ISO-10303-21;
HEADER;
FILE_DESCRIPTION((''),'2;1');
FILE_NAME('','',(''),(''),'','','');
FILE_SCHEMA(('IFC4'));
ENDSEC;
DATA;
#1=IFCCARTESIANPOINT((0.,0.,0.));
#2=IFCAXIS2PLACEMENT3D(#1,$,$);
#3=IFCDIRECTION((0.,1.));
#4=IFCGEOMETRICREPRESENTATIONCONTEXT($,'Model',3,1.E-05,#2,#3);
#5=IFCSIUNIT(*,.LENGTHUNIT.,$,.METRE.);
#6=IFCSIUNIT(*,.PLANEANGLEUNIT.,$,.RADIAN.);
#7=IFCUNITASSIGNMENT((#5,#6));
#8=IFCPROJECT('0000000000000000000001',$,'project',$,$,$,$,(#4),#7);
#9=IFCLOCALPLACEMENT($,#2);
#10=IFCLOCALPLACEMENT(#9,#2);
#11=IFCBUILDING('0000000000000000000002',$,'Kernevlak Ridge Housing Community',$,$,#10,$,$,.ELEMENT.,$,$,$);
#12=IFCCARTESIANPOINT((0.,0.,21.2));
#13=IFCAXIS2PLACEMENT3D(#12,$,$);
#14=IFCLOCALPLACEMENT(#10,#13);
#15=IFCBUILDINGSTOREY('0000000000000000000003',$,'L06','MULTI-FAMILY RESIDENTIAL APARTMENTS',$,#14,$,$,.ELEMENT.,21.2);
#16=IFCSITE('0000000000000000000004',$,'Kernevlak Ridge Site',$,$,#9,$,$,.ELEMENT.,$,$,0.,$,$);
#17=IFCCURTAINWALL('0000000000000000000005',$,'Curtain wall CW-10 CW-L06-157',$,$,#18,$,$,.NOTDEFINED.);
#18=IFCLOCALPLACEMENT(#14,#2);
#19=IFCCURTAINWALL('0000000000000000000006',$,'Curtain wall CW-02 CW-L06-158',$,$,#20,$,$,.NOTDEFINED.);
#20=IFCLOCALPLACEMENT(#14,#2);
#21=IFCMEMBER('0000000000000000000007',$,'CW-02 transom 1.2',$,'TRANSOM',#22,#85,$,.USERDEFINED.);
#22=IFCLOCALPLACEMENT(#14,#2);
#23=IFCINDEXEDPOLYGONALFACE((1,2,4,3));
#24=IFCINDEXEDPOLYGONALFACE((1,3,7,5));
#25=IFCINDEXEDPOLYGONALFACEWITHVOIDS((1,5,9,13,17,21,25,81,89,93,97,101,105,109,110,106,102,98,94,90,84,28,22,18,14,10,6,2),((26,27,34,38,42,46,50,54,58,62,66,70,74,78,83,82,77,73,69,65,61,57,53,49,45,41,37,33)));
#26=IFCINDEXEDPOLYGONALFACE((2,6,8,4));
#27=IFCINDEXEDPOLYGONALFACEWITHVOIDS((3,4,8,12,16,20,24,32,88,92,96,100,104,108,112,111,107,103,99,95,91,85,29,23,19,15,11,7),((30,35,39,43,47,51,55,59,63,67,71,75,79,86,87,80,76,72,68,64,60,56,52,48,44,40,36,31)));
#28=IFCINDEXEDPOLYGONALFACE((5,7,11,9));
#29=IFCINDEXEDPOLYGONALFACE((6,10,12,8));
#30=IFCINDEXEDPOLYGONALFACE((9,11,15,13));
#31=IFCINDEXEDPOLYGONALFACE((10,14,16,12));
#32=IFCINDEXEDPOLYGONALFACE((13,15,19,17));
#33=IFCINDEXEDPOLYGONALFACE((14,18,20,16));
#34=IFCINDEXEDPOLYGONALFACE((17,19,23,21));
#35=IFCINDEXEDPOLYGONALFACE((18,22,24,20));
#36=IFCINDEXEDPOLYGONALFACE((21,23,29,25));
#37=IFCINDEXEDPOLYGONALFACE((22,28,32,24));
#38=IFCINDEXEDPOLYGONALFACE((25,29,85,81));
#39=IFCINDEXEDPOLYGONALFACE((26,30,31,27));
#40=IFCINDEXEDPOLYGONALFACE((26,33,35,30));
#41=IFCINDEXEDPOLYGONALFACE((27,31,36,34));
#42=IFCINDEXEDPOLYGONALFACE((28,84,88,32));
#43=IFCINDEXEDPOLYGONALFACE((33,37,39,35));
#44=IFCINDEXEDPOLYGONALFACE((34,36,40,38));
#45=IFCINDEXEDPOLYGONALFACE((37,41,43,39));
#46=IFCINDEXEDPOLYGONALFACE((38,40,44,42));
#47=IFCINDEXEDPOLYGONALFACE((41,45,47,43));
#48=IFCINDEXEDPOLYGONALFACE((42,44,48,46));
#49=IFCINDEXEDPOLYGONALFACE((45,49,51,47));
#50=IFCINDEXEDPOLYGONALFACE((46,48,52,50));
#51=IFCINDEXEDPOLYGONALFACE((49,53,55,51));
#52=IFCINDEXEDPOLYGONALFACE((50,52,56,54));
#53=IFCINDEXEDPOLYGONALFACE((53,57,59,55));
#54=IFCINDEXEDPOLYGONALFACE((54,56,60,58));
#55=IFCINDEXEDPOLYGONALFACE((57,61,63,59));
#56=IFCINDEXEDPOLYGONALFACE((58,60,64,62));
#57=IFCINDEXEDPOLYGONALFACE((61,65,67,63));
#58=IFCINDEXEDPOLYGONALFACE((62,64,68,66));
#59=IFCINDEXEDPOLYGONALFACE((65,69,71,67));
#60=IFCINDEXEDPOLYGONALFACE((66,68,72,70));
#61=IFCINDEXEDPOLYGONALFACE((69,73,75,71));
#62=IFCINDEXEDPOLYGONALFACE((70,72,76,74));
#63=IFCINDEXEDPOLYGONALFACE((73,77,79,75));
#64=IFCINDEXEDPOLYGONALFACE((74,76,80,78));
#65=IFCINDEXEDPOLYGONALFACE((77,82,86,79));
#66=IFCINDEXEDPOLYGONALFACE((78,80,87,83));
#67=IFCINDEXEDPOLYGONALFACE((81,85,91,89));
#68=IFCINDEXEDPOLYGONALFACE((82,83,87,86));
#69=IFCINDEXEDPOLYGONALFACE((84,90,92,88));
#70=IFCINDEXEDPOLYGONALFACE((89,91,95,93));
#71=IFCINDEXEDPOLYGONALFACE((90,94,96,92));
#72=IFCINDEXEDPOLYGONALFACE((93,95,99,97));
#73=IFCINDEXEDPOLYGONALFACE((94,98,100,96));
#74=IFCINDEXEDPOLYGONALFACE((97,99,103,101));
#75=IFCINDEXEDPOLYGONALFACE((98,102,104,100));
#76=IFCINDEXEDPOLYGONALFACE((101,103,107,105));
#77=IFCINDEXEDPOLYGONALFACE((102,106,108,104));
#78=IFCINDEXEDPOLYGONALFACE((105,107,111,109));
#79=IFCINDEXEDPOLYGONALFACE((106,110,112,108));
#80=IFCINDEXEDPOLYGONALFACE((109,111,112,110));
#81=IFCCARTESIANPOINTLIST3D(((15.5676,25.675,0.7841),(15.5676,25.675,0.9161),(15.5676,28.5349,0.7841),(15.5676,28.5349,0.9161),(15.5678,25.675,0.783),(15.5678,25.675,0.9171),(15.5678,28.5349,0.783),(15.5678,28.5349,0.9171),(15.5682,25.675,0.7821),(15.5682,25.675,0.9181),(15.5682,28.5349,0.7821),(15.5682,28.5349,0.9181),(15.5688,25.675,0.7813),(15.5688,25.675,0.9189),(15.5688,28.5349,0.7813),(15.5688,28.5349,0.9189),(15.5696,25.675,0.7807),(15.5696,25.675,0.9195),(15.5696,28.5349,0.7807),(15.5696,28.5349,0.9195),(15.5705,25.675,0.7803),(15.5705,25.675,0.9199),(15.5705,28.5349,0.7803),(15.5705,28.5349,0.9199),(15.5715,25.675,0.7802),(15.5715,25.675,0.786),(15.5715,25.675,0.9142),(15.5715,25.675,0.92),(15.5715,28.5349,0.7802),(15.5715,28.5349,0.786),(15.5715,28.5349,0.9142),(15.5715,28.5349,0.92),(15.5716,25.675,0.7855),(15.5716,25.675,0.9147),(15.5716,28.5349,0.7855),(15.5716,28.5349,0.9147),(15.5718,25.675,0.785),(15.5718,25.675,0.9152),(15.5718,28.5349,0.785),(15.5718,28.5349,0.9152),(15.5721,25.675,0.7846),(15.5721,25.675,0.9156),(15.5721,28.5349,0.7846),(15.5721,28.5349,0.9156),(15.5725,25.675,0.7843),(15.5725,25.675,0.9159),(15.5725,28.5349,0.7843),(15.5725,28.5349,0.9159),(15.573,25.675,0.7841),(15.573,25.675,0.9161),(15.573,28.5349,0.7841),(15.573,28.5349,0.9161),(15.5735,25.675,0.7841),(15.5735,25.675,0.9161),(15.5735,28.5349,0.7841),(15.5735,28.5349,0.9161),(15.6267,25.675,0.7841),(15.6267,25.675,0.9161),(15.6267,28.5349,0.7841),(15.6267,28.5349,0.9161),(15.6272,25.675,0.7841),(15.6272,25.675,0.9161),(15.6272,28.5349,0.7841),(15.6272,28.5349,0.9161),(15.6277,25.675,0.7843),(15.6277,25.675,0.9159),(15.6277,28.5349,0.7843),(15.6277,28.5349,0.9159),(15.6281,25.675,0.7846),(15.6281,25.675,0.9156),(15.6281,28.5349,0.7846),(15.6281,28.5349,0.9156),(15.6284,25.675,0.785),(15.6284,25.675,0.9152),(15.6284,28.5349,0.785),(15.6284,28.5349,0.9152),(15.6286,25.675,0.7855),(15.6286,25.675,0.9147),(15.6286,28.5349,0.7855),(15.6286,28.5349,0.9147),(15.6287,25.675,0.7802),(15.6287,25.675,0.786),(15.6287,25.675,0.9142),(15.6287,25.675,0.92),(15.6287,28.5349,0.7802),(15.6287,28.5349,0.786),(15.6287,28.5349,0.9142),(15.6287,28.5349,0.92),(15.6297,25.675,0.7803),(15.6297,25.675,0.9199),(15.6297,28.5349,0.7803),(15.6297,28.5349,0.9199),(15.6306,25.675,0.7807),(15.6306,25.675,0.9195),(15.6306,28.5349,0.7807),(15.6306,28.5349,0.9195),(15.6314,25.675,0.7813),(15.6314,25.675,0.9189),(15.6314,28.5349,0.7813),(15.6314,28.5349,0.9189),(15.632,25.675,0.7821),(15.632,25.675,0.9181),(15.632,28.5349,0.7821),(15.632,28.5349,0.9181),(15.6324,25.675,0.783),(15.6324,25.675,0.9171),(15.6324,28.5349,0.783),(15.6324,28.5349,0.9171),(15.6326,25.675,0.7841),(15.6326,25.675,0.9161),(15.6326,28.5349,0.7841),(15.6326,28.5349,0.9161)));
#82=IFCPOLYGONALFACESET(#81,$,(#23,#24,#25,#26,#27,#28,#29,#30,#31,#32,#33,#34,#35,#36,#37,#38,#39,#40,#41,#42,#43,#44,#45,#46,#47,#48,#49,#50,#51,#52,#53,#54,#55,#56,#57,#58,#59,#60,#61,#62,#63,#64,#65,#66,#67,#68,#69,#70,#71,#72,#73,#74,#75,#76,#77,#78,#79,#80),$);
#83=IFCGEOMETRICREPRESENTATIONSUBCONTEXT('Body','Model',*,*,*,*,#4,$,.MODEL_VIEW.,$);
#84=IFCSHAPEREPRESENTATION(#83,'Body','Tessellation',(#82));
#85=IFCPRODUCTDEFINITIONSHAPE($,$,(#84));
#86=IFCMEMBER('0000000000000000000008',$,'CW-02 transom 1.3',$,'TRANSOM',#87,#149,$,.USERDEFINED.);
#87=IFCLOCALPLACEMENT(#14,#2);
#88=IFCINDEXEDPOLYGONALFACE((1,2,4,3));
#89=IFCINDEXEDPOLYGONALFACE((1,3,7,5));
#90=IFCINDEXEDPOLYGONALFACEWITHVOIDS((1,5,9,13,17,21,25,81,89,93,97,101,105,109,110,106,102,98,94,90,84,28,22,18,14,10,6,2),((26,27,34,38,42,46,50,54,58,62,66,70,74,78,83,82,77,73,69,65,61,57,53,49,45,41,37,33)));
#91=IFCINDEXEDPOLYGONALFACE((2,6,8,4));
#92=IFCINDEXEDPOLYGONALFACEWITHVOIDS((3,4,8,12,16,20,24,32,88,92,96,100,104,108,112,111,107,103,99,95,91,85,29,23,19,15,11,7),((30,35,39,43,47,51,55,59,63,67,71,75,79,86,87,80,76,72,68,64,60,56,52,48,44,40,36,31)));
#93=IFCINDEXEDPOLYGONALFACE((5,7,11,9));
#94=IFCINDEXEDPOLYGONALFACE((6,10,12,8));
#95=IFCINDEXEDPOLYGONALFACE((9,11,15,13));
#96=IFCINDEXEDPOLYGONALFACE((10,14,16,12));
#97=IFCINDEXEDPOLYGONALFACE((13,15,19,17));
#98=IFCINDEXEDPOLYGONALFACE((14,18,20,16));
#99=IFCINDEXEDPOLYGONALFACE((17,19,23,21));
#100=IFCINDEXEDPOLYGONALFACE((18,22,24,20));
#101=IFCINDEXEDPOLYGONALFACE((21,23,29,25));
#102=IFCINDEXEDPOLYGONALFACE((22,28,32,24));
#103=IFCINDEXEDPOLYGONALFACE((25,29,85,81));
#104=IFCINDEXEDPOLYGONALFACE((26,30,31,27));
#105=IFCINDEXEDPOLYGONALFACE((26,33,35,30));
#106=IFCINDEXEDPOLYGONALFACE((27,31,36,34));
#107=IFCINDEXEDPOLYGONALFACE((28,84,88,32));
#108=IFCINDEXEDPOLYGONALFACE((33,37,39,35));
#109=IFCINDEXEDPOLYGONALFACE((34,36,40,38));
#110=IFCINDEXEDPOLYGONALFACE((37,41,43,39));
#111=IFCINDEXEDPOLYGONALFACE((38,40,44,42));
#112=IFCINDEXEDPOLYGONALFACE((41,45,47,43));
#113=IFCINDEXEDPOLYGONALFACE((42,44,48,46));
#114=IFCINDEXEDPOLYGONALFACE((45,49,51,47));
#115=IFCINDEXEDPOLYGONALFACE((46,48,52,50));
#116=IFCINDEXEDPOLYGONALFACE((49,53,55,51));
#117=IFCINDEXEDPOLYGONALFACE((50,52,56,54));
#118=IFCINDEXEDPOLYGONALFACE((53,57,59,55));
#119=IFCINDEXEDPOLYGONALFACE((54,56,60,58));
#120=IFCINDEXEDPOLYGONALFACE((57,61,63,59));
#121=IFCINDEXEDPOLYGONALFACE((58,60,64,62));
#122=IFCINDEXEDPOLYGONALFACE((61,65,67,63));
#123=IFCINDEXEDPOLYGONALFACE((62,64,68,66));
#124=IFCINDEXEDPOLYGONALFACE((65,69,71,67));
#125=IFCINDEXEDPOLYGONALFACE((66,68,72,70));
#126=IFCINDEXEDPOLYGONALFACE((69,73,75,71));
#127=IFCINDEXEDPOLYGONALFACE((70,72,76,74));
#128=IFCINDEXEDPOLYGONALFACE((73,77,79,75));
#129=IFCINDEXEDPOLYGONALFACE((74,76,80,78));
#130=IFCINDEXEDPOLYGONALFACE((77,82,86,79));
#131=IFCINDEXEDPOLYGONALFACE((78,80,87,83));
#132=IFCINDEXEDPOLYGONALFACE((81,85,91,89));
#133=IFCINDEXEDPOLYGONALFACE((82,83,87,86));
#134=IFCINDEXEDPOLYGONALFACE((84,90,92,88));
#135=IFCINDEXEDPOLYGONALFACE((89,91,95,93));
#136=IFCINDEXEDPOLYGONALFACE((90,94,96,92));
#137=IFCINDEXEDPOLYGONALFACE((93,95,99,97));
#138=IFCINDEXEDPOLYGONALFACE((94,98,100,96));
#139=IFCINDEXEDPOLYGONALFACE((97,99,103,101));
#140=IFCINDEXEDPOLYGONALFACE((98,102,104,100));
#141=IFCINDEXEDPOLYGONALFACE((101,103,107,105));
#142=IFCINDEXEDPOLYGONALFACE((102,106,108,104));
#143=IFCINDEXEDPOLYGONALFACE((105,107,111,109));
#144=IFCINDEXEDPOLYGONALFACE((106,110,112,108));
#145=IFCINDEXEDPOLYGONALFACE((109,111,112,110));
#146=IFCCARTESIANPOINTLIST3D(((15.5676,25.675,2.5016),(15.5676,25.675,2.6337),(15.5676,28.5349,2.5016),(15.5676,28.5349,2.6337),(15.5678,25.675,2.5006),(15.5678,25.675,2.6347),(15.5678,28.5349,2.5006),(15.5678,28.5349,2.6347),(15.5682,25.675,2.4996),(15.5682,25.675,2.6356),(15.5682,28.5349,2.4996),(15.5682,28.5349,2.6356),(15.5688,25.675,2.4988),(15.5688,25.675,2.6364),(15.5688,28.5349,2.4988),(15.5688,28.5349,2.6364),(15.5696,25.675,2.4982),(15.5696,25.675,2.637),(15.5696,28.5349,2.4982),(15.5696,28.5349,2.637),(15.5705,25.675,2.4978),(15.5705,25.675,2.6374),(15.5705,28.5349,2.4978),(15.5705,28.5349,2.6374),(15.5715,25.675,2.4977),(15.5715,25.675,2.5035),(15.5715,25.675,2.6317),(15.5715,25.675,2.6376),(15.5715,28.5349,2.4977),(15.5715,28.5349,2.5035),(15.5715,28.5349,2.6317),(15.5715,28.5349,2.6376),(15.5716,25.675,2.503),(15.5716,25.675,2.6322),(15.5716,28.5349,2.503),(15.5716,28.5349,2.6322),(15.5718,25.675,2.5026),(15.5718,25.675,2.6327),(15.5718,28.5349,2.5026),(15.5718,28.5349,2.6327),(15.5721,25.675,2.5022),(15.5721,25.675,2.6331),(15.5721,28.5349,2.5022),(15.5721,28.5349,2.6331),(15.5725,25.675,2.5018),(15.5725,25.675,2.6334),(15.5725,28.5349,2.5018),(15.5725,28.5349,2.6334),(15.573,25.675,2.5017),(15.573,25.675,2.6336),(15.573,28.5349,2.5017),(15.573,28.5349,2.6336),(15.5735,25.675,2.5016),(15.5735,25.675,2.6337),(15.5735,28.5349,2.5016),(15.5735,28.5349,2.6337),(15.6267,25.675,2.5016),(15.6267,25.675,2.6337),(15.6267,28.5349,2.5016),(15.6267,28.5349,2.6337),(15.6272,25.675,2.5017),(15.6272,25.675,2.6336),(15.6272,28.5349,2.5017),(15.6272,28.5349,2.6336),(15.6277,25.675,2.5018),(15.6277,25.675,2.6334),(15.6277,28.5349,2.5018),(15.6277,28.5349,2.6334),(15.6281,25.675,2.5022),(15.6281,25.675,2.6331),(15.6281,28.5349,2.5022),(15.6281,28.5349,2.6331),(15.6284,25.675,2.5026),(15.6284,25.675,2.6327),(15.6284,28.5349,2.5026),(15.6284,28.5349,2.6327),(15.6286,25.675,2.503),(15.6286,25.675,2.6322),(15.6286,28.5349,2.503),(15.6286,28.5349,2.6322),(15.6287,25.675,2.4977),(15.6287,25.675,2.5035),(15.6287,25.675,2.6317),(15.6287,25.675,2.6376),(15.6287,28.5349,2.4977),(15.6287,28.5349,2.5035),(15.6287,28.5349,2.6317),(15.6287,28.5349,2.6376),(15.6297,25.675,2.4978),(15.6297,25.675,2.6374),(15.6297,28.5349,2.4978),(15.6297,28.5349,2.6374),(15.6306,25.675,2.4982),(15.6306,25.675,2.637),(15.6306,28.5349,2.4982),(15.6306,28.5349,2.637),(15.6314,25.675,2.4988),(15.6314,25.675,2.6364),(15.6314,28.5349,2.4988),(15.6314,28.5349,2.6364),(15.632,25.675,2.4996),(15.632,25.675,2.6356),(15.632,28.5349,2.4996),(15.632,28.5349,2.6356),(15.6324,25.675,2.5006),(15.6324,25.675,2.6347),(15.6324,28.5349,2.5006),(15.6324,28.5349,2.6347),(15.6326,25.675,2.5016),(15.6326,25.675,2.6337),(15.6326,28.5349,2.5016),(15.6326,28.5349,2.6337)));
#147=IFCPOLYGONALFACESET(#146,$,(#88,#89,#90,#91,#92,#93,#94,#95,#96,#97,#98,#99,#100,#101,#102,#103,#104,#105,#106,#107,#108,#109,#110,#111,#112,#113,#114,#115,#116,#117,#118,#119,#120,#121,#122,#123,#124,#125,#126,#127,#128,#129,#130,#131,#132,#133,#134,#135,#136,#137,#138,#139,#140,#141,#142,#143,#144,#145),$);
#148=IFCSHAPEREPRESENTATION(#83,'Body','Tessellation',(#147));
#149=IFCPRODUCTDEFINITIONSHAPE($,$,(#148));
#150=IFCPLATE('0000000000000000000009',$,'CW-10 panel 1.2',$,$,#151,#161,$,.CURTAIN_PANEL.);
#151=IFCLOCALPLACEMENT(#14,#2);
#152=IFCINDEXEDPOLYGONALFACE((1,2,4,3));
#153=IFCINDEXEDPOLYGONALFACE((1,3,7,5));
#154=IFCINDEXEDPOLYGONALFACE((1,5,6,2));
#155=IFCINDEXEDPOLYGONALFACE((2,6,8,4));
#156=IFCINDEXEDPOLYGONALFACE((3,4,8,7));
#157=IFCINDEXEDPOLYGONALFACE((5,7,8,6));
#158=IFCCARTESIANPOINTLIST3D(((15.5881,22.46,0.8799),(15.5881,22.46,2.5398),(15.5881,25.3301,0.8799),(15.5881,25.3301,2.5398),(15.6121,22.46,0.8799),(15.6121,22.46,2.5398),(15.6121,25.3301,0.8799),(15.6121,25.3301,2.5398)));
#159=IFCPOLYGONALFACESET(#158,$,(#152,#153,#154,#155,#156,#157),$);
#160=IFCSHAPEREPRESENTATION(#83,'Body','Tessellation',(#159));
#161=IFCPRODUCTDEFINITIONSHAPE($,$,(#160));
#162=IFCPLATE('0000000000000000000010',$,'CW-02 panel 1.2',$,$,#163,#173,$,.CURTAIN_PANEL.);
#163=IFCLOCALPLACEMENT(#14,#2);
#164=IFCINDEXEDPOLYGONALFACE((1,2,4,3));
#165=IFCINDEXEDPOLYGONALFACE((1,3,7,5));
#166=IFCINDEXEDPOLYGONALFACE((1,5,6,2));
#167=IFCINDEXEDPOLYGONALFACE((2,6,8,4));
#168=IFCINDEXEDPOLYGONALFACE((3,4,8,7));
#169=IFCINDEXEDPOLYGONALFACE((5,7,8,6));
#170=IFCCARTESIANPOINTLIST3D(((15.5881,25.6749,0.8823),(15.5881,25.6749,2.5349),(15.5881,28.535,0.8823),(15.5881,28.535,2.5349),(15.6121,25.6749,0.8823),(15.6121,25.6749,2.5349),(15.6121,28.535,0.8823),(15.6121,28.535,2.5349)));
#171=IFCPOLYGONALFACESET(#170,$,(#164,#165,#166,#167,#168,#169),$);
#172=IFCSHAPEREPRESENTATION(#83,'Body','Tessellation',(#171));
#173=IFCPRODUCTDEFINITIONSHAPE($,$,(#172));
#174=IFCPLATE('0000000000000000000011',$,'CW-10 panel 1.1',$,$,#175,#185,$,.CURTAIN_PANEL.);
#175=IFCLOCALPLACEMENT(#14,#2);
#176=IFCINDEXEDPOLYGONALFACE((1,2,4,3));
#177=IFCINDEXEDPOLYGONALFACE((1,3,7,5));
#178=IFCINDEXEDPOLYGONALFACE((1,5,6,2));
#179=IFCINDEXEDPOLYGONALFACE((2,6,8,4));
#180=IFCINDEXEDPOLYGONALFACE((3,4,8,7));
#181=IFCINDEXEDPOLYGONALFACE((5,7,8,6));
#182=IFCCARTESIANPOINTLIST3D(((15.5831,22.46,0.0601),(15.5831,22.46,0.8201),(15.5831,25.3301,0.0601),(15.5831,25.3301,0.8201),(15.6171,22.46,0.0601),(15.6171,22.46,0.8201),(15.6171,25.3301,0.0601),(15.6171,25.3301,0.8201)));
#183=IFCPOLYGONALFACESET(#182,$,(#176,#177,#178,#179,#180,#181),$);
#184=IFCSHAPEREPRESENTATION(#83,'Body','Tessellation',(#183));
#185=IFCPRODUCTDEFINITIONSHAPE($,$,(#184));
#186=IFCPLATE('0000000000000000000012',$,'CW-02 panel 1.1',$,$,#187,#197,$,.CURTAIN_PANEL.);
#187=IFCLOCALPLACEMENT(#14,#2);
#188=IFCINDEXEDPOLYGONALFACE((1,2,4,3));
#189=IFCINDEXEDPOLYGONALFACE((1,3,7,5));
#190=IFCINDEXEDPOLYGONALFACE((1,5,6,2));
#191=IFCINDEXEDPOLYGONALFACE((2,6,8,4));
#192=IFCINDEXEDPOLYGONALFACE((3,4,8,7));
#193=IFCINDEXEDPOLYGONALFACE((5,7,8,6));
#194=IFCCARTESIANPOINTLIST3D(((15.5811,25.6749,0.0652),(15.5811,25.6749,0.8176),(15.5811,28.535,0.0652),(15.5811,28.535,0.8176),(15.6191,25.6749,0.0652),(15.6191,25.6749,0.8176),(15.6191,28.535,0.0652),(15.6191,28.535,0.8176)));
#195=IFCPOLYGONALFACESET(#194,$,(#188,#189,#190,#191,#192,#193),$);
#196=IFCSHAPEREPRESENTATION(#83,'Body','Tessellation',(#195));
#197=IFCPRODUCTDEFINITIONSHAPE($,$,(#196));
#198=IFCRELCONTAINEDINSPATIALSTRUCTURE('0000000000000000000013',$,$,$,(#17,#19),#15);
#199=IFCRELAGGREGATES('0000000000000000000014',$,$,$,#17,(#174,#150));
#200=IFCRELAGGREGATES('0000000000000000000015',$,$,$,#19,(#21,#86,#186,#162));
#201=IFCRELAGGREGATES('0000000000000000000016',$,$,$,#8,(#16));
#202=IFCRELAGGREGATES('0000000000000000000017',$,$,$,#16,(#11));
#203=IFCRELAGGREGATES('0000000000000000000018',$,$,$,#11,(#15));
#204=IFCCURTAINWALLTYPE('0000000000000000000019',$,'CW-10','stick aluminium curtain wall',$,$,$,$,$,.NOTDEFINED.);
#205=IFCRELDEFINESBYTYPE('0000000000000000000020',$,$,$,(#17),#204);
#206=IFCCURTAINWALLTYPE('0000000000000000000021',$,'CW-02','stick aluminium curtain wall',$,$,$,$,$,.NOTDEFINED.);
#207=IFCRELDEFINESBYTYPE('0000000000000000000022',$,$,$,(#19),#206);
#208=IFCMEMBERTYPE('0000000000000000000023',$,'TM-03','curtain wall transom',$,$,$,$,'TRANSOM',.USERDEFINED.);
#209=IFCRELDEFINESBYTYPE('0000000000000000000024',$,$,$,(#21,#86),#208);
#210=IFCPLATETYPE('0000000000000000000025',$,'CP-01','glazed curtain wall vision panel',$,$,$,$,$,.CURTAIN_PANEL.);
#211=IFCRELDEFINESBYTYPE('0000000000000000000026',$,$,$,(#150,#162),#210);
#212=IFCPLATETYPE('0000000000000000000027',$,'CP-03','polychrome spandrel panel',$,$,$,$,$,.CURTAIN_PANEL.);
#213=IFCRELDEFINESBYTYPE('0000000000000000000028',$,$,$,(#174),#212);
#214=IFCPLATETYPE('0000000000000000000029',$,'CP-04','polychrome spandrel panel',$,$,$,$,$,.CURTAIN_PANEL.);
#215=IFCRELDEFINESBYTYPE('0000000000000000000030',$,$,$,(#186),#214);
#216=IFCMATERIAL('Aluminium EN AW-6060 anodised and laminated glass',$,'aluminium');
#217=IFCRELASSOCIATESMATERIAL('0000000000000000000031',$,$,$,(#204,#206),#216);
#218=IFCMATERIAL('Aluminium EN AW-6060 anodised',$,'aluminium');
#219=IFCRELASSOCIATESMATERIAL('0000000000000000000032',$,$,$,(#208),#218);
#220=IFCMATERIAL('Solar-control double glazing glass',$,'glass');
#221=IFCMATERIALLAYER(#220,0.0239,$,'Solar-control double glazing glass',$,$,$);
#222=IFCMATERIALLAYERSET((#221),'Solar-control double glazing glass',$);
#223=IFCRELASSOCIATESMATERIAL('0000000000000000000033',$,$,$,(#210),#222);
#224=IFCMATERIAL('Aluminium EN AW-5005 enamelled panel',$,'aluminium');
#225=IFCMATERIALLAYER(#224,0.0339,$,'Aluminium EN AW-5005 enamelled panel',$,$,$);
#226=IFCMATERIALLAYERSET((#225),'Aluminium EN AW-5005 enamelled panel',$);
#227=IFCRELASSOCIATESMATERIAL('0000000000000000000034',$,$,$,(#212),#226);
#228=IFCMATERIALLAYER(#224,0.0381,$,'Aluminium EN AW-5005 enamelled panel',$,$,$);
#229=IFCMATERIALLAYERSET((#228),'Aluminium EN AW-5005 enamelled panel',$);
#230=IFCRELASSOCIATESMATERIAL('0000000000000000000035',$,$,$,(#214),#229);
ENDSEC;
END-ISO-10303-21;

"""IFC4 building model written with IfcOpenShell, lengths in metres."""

from ifc_helpers import new_model, si_unit, direction, frame, origin, origin_2d, place, context, subcontext, project, spatial, rectangle, hollow_rectangle, extrude, material, layer, layer_set, material_profile, profile_set, type_object, element, aggregate, save


model = new_model("IFC4")

# Units and contexts
model_context = context("Model", 3, precision=1e-05, world=origin(), true_north=direction((0.0, 1.0)))
body_context = subcontext(model_context, "Body", "Model", "MODEL_VIEW")
ifc_project = project(units=[si_unit("LENGTHUNIT", "METRE"), si_unit("PLANEANGLEUNIT", "RADIAN")], contexts=[model_context])

# Site, building, storey
site_placement = place(None, origin())
site = spatial("IfcSite", under=ifc_project, at=site_placement, Name="Kernevlak Ridge Site", CompositionType="ELEMENT", RefElevation=0.0)
building_placement = place(site_placement, origin())
building = spatial("IfcBuilding", under=site, at=building_placement, Name="Kernevlak Ridge Housing Community", CompositionType="ELEMENT")
storey_placement = place(building_placement, frame((0.0, 0.0, 21.2)))
storey = spatial("IfcBuildingStorey", under=building, at=storey_placement, Name="L06", Description="MULTI-FAMILY RESIDENTIAL APARTMENTS", CompositionType="ELEMENT", Elevation=21.2)

# Curtain wall
ifc_material_1 = material(Name="Aluminium EN AW-6060 anodised and laminated glass", Category="aluminium")
curtain_wall_type_1 = type_object("IfcCurtainWallType", Name="CW-10", Description="stick aluminium curtain wall", PredefinedType="NOTDEFINED", material=ifc_material_1)
curtain_wall_1_placement = place(storey_placement, origin())
curtain_wall_1 = element("IfcCurtainWall", 1, at=curtain_wall_1_placement, inside=storey, type_object=curtain_wall_type_1, Name="Curtain wall CW-10 CW-L06-157", PredefinedType="NOTDEFINED")
ifc_material_2 = material(Name="Aluminium EN AW-6060 anodised", Category="aluminium")

# Curtain wall, members
curtain_wall_type_2 = type_object("IfcCurtainWallType", Name="CW-02", Description="stick aluminium curtain wall", PredefinedType="NOTDEFINED", material=ifc_material_1)
curtain_wall_2_placement = place(storey_placement, origin())
curtain_wall_2 = element("IfcCurtainWall", 2, at=curtain_wall_2_placement, inside=storey, type_object=curtain_wall_type_2, Name="Curtain wall CW-02 CW-L06-158", PredefinedType="NOTDEFINED")
ifc_material_profile_1 = material_profile(ifc_material_2, hollow_rectangle(XDim=0.0649, YDim=0.1399, WallThickness=0.0039, InnerFilletRadius=0.002, OuterFilletRadius=0.0039, at=origin_2d()), Name="ALU 65x140x4")
ifc_profile_set_1 = profile_set([ifc_material_profile_1], Name="Aluminium EN AW-6060 anodised")
member_type_1 = type_object("IfcMemberType", Name="TM-03", Description="curtain wall transom", ElementType="TRANSOM", PredefinedType="USERDEFINED", material=ifc_profile_set_1)
member_1_placement = place(storey_placement, frame((15.6001, 25.675, 0.8501), z_axis=(0.0, 1.0, 0.0), x_axis=(-1.0, 0.0, 0.0)))
member_1 = element("IfcMember", 3, at=member_1_placement, type_object=member_type_1, Name="CW-02 transom 1.2", ObjectType="TRANSOM", PredefinedType="USERDEFINED", context=body_context, shape_type="SweptSolid", body=[
    extrude(hollow_rectangle(XDim=0.0649, YDim=0.1399, WallThickness=0.0039, InnerFilletRadius=0.002, OuterFilletRadius=0.0039, at=origin_2d()), origin(), (0.0, 0.0, 1.0), 2.8599),
])
member_2_placement = place(storey_placement, frame((15.6001, 25.675, 2.5676), z_axis=(0.0, 1.0, 0.0), x_axis=(-1.0, 0.0, 0.0)))
member_2 = element("IfcMember", 4, at=member_2_placement, type_object=member_type_1, Name="CW-02 transom 1.3", ObjectType="TRANSOM", PredefinedType="USERDEFINED", context=body_context, shape_type="SweptSolid", body=[
    extrude(hollow_rectangle(XDim=0.0649, YDim=0.1399, WallThickness=0.0039, InnerFilletRadius=0.002, OuterFilletRadius=0.0039, at=origin_2d()), origin(), (0.0, 0.0, 1.0), 2.8599),
])

# Plates
ifc_material_3 = material(Name="Solar-control double glazing glass", Category="glass")
ifc_layer_1 = layer(ifc_material_3, 0.0239, Name="Solar-control double glazing glass")
ifc_layer_set_1 = layer_set([ifc_layer_1], Name="Solar-control double glazing glass")
plate_type_1 = type_object("IfcPlateType", Name="CP-01", Description="glazed curtain wall vision panel", PredefinedType="CURTAIN_PANEL", material=ifc_layer_set_1)
plate_1_placement = place(storey_placement, frame((15.6001, 23.895, 0.8799), z_axis=(0.0, 0.0, 1.0), x_axis=(0.0, 1.0, 0.0)))
plate_1 = element("IfcPlate", 5, at=plate_1_placement, type_object=plate_type_1, Name="CW-10 panel 1.2", PredefinedType="CURTAIN_PANEL", context=body_context, shape_type="SweptSolid", body=[
    extrude(rectangle(XDim=2.8701, YDim=0.0239, at=origin_2d()), origin(), (0.0, 0.0, 1.0), 1.6599),
])
plate_2_placement = place(storey_placement, frame((15.6001, 27.105, 0.8823), z_axis=(0.0, 0.0, 1.0), x_axis=(0.0, 1.0, 0.0)))
plate_2 = element("IfcPlate", 6, at=plate_2_placement, type_object=plate_type_1, Name="CW-02 panel 1.2", PredefinedType="CURTAIN_PANEL", context=body_context, shape_type="SweptSolid", body=[
    extrude(rectangle(XDim=2.8601, YDim=0.0239, at=origin_2d()), origin(), (0.0, 0.0, 1.0), 1.6526),
])
ifc_material_4 = material(Name="Aluminium EN AW-5005 enamelled panel", Category="aluminium")
ifc_layer_2 = layer(ifc_material_4, 0.0339, Name="Aluminium EN AW-5005 enamelled panel")
ifc_layer_set_2 = layer_set([ifc_layer_2], Name="Aluminium EN AW-5005 enamelled panel")
plate_type_2 = type_object("IfcPlateType", Name="CP-03", Description="polychrome spandrel panel", PredefinedType="CURTAIN_PANEL", material=ifc_layer_set_2)
plate_3_placement = place(storey_placement, frame((15.6001, 23.895, 0.0601), z_axis=(0.0, 0.0, 1.0), x_axis=(0.0, 1.0, 0.0)))
plate_3 = element("IfcPlate", 7, at=plate_3_placement, type_object=plate_type_2, Name="CW-10 panel 1.1", PredefinedType="CURTAIN_PANEL", context=body_context, shape_type="SweptSolid", body=[
    extrude(rectangle(XDim=2.8701, YDim=0.0339, at=origin_2d()), origin(), (0.0, 0.0, 1.0), 0.76),
])
aggregate(curtain_wall_1, [plate_3, plate_1])
ifc_layer_3 = layer(ifc_material_4, 0.0381, Name="Aluminium EN AW-5005 enamelled panel")
ifc_layer_set_3 = layer_set([ifc_layer_3], Name="Aluminium EN AW-5005 enamelled panel")
plate_type_3 = type_object("IfcPlateType", Name="CP-04", Description="polychrome spandrel panel", PredefinedType="CURTAIN_PANEL", material=ifc_layer_set_3)
plate_4_placement = place(storey_placement, frame((15.6001, 27.105, 0.0652), z_axis=(0.0, 0.0, 1.0), x_axis=(0.0, 1.0, 0.0)))
plate_4 = element("IfcPlate", 8, at=plate_4_placement, type_object=plate_type_3, Name="CW-02 panel 1.1", PredefinedType="CURTAIN_PANEL", context=body_context, shape_type="SweptSolid", body=[
    extrude(rectangle(XDim=2.8601, YDim=0.0381, at=origin_2d()), origin(), (0.0, 0.0, 1.0), 0.7524),
])
aggregate(curtain_wall_2, [member_1, member_2, plate_4, plate_2])

save(model, "model.ifc")
